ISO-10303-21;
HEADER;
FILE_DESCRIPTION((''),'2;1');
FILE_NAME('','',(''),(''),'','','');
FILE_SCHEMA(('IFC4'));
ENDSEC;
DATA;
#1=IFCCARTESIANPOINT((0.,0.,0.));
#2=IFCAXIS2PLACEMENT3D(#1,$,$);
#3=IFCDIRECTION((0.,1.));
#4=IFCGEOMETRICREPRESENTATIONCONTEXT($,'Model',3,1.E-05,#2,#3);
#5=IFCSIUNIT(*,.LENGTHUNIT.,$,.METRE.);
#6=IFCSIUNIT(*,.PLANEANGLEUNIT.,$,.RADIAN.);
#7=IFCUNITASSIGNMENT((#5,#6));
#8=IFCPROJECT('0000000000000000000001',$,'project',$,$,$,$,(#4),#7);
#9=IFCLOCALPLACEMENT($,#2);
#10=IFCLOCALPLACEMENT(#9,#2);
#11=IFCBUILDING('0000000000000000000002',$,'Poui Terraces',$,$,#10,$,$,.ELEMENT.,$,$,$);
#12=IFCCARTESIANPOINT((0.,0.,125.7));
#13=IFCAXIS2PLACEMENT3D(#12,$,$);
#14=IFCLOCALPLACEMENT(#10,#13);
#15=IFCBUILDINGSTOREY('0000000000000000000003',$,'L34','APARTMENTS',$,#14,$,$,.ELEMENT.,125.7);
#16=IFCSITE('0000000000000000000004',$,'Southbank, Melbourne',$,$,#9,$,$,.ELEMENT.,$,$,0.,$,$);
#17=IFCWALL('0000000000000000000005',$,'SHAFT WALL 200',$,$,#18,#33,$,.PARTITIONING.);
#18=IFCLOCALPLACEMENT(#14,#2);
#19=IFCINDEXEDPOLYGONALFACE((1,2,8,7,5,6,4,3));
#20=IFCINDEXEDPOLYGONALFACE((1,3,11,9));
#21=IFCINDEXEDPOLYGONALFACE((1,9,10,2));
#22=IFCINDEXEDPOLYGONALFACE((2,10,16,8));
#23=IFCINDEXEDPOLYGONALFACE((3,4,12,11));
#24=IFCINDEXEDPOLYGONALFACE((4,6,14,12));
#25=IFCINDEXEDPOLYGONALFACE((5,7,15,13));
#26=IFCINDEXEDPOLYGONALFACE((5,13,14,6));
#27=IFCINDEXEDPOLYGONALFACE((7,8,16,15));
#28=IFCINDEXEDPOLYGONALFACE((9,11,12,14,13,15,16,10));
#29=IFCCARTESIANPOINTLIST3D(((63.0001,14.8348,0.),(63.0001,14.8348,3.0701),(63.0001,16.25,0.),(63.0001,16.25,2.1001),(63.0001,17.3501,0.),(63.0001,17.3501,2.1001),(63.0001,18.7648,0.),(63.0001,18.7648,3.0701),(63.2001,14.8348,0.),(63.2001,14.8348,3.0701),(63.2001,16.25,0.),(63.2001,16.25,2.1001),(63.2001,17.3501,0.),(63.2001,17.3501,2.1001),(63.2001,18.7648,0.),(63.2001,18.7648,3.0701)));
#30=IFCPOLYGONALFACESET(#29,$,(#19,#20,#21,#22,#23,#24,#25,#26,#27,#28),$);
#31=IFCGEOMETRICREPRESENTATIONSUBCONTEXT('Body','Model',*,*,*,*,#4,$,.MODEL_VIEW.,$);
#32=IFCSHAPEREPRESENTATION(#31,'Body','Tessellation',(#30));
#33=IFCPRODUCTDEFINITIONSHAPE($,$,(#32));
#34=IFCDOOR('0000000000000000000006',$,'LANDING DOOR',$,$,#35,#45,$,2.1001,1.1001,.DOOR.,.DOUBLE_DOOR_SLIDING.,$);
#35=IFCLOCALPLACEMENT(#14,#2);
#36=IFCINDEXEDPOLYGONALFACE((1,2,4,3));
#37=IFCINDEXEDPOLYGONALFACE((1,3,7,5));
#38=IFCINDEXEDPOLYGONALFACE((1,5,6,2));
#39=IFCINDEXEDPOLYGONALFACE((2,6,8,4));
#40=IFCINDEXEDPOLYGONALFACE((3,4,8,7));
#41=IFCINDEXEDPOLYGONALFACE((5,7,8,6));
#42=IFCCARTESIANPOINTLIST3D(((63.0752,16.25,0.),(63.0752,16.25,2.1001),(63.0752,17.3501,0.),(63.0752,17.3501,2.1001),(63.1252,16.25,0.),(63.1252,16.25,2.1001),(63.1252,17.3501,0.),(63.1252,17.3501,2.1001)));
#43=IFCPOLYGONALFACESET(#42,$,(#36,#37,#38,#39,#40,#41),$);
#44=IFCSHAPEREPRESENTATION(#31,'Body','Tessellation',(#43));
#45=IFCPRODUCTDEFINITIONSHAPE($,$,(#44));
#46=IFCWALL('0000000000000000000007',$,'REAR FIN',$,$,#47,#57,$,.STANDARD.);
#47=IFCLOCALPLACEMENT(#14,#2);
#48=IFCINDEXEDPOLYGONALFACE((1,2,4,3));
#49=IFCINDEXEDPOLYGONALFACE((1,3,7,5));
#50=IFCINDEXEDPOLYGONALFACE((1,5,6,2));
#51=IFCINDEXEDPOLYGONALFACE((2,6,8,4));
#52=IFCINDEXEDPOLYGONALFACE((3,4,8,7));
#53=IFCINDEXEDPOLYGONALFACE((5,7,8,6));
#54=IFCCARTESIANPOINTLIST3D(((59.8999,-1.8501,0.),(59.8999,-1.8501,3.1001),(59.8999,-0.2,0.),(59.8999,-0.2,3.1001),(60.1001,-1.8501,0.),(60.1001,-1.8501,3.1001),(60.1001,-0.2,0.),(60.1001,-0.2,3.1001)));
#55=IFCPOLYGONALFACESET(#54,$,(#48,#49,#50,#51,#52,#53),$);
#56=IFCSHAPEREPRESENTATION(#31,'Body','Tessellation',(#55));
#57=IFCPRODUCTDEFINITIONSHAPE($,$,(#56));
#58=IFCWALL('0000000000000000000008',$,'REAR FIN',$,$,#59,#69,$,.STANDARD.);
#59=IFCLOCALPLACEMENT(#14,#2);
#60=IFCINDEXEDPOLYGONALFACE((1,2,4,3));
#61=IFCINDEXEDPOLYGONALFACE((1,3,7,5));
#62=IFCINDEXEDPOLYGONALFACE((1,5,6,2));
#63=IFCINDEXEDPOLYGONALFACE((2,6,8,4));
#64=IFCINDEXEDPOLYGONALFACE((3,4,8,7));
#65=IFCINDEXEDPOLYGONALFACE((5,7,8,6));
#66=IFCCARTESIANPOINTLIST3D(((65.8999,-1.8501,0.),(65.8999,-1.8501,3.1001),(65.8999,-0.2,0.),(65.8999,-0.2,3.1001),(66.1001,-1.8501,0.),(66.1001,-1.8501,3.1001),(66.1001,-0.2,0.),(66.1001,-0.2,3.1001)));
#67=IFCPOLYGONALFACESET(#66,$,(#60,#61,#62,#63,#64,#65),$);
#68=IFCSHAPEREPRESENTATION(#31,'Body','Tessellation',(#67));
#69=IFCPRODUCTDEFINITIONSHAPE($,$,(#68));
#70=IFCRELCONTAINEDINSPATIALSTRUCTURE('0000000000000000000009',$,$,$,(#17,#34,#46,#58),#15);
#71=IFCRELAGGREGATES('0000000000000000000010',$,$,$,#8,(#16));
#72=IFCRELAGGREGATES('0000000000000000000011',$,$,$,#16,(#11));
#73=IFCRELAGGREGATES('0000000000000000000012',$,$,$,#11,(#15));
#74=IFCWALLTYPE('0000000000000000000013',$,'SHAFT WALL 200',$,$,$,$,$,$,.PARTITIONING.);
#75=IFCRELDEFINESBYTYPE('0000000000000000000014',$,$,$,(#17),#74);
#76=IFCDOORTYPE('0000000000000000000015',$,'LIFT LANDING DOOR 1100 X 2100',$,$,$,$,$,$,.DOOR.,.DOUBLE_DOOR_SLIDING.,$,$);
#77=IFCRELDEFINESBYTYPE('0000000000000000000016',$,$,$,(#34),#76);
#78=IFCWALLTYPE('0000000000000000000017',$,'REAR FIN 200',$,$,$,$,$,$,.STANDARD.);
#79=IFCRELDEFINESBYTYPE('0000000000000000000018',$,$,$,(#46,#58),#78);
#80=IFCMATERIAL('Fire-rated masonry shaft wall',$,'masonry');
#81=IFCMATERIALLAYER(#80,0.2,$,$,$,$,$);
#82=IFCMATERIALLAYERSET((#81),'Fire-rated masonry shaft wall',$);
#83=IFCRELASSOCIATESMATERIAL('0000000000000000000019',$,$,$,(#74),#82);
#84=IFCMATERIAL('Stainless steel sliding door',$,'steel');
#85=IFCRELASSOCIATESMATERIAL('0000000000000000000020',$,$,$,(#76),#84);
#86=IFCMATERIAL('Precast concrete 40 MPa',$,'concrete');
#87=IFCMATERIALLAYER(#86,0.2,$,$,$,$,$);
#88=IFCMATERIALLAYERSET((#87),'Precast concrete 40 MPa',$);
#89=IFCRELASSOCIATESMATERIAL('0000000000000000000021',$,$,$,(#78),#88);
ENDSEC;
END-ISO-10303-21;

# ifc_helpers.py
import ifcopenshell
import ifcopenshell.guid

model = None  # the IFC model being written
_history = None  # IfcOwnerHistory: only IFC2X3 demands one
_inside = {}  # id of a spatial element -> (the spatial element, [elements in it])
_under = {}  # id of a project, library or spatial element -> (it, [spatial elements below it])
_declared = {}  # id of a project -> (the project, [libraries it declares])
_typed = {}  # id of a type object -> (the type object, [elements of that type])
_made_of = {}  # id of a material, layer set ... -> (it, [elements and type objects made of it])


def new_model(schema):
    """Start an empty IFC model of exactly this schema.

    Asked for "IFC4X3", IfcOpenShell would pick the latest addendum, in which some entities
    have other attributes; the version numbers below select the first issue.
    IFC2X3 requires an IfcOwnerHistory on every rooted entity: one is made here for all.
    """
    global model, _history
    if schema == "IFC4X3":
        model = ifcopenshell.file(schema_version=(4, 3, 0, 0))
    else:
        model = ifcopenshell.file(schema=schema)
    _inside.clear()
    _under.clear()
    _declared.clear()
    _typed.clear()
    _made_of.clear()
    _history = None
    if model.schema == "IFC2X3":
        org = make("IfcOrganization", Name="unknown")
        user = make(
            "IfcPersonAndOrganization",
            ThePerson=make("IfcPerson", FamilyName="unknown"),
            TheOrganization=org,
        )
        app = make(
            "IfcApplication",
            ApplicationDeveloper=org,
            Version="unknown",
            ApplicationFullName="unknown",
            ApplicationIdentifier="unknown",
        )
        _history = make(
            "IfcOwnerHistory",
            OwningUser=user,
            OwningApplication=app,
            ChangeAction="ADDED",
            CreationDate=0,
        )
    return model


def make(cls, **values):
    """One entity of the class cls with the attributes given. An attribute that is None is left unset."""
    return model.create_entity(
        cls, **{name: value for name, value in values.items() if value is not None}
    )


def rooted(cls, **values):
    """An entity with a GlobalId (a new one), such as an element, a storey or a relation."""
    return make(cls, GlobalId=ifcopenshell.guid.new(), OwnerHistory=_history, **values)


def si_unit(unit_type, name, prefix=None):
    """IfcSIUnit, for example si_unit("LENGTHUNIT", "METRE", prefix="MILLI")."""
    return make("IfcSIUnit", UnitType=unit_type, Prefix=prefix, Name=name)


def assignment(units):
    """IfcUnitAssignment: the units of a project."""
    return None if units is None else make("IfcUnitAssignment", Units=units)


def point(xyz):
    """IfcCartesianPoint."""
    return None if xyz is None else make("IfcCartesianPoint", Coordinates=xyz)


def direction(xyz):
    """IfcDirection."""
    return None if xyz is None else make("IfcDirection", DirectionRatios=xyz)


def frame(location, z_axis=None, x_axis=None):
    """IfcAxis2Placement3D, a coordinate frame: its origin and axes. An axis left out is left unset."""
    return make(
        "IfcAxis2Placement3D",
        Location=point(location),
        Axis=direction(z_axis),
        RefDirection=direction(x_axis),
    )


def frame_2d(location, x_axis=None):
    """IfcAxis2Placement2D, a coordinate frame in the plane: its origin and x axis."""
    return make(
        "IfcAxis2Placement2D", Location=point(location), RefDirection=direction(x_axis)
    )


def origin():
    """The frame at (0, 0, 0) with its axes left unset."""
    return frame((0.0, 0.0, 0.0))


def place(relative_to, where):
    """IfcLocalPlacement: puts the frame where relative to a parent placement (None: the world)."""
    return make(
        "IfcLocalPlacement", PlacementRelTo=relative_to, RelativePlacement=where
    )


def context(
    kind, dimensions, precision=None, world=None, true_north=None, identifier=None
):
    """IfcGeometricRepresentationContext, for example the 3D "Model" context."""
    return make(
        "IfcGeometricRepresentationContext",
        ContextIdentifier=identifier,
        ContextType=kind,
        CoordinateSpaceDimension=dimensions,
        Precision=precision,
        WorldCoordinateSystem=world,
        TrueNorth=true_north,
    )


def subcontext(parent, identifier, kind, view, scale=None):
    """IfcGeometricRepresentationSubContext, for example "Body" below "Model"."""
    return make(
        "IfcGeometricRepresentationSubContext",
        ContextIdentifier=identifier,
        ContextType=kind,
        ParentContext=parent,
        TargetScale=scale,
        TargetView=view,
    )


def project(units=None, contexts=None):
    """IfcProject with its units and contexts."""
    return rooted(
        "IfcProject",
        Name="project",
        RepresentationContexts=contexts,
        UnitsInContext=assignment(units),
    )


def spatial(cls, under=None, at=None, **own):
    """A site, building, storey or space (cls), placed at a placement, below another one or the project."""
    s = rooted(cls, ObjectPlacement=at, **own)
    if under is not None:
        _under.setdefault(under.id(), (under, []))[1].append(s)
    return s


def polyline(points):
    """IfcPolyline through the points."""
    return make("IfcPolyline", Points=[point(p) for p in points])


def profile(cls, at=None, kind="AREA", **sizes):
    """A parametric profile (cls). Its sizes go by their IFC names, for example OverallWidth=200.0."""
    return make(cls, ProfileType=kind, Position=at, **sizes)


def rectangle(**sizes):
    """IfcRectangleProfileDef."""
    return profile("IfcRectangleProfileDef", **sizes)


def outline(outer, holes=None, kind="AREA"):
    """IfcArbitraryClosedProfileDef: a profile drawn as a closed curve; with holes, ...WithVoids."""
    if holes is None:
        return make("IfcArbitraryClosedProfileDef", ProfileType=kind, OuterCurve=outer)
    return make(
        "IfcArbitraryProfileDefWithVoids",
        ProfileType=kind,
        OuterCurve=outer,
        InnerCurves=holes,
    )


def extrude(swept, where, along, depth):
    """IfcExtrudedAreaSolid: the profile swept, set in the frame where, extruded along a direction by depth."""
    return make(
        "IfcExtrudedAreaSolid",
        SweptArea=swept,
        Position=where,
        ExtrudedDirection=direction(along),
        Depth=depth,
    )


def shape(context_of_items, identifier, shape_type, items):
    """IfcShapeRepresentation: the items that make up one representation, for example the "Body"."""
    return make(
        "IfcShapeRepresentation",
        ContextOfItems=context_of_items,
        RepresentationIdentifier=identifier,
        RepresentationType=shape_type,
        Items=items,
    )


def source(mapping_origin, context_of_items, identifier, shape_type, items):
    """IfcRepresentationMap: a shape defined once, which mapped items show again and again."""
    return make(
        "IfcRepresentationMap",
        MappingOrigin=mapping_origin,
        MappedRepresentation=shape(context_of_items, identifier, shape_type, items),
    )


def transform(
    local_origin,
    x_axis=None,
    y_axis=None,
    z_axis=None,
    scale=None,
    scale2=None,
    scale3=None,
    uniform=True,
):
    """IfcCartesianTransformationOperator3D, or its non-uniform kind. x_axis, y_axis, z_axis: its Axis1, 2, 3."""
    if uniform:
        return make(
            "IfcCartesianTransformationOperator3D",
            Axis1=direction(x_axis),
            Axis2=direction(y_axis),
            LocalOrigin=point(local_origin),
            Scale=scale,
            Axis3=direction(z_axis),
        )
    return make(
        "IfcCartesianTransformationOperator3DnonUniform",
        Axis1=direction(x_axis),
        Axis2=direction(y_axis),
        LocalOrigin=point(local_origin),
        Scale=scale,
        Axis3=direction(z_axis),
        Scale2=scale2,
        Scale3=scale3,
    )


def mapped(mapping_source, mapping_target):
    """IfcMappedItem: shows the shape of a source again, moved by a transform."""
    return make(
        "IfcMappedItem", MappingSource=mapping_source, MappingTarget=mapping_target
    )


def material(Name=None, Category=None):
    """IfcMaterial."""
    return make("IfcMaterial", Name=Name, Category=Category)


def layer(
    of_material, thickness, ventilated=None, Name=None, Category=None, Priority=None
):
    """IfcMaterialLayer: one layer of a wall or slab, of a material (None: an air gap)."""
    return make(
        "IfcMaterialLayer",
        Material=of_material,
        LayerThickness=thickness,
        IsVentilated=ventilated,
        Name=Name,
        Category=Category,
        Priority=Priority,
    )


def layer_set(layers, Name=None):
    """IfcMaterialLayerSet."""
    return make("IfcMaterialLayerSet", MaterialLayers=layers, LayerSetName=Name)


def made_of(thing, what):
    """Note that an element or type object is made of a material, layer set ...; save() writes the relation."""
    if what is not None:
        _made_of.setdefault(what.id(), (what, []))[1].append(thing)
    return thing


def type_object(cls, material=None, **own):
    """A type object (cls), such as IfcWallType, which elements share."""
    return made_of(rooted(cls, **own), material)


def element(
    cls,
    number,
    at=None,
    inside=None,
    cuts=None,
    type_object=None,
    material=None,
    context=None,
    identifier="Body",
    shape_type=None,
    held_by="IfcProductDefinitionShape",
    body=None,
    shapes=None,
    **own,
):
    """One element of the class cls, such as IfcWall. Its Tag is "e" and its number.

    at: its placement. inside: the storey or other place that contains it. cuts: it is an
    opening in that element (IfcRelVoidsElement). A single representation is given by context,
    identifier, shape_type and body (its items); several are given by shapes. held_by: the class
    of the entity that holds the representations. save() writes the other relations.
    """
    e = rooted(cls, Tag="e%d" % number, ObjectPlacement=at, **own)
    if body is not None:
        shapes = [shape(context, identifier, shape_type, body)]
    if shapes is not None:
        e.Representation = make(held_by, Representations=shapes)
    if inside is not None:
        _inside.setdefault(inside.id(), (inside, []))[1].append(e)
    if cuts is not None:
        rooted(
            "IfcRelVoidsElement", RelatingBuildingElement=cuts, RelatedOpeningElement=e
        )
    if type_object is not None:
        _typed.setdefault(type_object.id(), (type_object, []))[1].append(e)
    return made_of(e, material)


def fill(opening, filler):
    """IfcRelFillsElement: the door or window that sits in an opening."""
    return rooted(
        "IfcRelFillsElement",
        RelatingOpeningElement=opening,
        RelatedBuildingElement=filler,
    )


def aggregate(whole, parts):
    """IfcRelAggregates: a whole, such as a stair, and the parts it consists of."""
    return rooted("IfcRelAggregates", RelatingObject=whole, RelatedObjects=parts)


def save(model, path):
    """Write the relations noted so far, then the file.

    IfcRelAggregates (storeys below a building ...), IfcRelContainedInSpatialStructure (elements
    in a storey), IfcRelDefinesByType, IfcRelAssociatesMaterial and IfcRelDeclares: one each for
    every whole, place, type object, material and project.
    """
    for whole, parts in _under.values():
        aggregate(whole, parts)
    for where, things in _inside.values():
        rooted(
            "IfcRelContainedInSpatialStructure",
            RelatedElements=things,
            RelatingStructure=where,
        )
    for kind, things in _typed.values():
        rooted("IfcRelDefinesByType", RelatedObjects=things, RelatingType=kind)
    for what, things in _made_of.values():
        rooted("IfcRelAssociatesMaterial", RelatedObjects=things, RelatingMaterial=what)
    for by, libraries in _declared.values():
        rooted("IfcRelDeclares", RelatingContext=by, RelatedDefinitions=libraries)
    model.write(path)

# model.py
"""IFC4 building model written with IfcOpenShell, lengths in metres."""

from ifc_helpers import new_model, si_unit, direction, frame, frame_2d, origin, place, context, subcontext, project, spatial, polyline, rectangle, outline, extrude, source, transform, mapped, material, layer, layer_set, type_object, element, fill, save


model = new_model("IFC4")

# Units and contexts
model_context = context("Model", 3, precision=1e-05, world=origin(), true_north=direction((0.0, 1.0)))
body_context = subcontext(model_context, "Body", "Model", "MODEL_VIEW")
ifc_project = project(units=[si_unit("LENGTHUNIT", "METRE"), si_unit("PLANEANGLEUNIT", "RADIAN")], contexts=[model_context])

# Site, building, storey
site_placement = place(None, origin())
site = spatial("IfcSite", under=ifc_project, at=site_placement, Name="Southbank, Melbourne", CompositionType="ELEMENT", RefElevation=0.0)
building_placement = place(site_placement, origin())
building = spatial("IfcBuilding", under=site, at=building_placement, Name="Poui Terraces", CompositionType="ELEMENT")
storey_placement = place(building_placement, frame((0.0, 0.0, 125.7)))
storey = spatial("IfcBuildingStorey", under=building, at=storey_placement, Name="L34", Description="APARTMENTS", CompositionType="ELEMENT", Elevation=125.7)

# Shared definitions
ifc_material_1 = material(Name="Precast concrete 40 MPa", Category="concrete")

# Shared definitions
ifc_material_2 = material(Name="Fire-rated masonry shaft wall", Category="masonry")
ifc_layer_1 = layer(ifc_material_2, 0.2)
ifc_layer_set_1 = layer_set([ifc_layer_1], Name="Fire-rated masonry shaft wall")
wall_type_1 = type_object("IfcWallType", Name="SHAFT WALL 200", PredefinedType="PARTITIONING", material=ifc_layer_set_1)

# Wall, opening, door
wall_1_placement = place(storey_placement, frame((63.1001, 14.835, 0.0), z_axis=(0.0, 0.0, 1.0), x_axis=(0.0, 1.0, 0.0)))
wall_1 = element("IfcWall", 1, at=wall_1_placement, inside=storey, type_object=wall_type_1, Name="SHAFT WALL 200", PredefinedType="PARTITIONING", context=body_context, shape_type="SweptSolid", body=[
    extrude(rectangle(XDim=3.9299, YDim=0.2, at=frame_2d((1.9648, 0.0))), origin(), (0.0, 0.0, 1.0), 3.0701),
])
opening_1_placement = place(wall_1_placement, frame((1.415, 0.0, 0.0)))
opening_1 = element("IfcOpeningElement", 2, at=opening_1_placement, cuts=wall_1, PredefinedType="OPENING", context=body_context, shape_type="SweptSolid", body=[
    extrude(rectangle(XDim=1.1001, YDim=2.1001, at=frame_2d((0.55, 1.05))), frame((0.0, 0.1099, 0.0), z_axis=(0.0, -1.0, 0.0), x_axis=(1.0, 0.0, 0.0)), (0.0, 0.0, 1.0), 0.22),
])
ifc_material_3 = material(Name="Stainless steel sliding door", Category="steel")
door_type_1 = type_object("IfcDoorType", Name="LIFT LANDING DOOR 1100 X 2100", OperationType="DOUBLE_DOOR_SLIDING", PredefinedType="DOOR", material=ifc_material_3)
door_1_placement = place(opening_1_placement, origin())
door_1 = element("IfcDoor", 3, at=door_1_placement, inside=storey, type_object=door_type_1, Name="LANDING DOOR", OperationType="DOUBLE_DOOR_SLIDING", OverallHeight=2.1001, OverallWidth=1.1001, PredefinedType="DOOR", context=body_context, shape_type="SweptSolid", body=[
    extrude(rectangle(XDim=1.1001, YDim=2.1001, at=frame_2d((0.55, 1.05))), frame((0.0, 0.0249, 0.0), z_axis=(0.0, -1.0, 0.0), x_axis=(1.0, 0.0, 0.0)), (0.0, 0.0, 1.0), 0.05),
])
fill(opening_1, door_1)

# Walls
ifc_layer_2 = layer(ifc_material_1, 0.2)
ifc_layer_set_2 = layer_set([ifc_layer_2], Name="Precast concrete 40 MPa")
wall_type_2 = type_object("IfcWallType", Name="REAR FIN 200", PredefinedType="STANDARD", material=ifc_layer_set_2)
shared_shape_1 = source(origin(), body_context, "Body", "SweptSolid", [
    extrude(outline(polyline([(0.0, 0.0), (0.2002, 0.0), (0.2002, 1.6501), (0.0, 1.6501), (0.0, 0.0)])), origin(), (0.0, 0.0, 1.0), 3.1001),
])
for number, where, name in (
    (4, (59.8999, -1.8501, 0.0), "REAR FIN"),
    (5, (65.8999, -1.8501, 0.0), "REAR FIN"),
):
    element("IfcWall", number, at=place(storey_placement, frame(where)), inside=storey, type_object=wall_type_2, Name=name, PredefinedType="STANDARD", context=body_context, shape_type="MappedRepresentation", body=[
        mapped(shared_shape_1, transform((0.0, 0.0, 0.0))),
    ])

save(model, "model.ifc")
